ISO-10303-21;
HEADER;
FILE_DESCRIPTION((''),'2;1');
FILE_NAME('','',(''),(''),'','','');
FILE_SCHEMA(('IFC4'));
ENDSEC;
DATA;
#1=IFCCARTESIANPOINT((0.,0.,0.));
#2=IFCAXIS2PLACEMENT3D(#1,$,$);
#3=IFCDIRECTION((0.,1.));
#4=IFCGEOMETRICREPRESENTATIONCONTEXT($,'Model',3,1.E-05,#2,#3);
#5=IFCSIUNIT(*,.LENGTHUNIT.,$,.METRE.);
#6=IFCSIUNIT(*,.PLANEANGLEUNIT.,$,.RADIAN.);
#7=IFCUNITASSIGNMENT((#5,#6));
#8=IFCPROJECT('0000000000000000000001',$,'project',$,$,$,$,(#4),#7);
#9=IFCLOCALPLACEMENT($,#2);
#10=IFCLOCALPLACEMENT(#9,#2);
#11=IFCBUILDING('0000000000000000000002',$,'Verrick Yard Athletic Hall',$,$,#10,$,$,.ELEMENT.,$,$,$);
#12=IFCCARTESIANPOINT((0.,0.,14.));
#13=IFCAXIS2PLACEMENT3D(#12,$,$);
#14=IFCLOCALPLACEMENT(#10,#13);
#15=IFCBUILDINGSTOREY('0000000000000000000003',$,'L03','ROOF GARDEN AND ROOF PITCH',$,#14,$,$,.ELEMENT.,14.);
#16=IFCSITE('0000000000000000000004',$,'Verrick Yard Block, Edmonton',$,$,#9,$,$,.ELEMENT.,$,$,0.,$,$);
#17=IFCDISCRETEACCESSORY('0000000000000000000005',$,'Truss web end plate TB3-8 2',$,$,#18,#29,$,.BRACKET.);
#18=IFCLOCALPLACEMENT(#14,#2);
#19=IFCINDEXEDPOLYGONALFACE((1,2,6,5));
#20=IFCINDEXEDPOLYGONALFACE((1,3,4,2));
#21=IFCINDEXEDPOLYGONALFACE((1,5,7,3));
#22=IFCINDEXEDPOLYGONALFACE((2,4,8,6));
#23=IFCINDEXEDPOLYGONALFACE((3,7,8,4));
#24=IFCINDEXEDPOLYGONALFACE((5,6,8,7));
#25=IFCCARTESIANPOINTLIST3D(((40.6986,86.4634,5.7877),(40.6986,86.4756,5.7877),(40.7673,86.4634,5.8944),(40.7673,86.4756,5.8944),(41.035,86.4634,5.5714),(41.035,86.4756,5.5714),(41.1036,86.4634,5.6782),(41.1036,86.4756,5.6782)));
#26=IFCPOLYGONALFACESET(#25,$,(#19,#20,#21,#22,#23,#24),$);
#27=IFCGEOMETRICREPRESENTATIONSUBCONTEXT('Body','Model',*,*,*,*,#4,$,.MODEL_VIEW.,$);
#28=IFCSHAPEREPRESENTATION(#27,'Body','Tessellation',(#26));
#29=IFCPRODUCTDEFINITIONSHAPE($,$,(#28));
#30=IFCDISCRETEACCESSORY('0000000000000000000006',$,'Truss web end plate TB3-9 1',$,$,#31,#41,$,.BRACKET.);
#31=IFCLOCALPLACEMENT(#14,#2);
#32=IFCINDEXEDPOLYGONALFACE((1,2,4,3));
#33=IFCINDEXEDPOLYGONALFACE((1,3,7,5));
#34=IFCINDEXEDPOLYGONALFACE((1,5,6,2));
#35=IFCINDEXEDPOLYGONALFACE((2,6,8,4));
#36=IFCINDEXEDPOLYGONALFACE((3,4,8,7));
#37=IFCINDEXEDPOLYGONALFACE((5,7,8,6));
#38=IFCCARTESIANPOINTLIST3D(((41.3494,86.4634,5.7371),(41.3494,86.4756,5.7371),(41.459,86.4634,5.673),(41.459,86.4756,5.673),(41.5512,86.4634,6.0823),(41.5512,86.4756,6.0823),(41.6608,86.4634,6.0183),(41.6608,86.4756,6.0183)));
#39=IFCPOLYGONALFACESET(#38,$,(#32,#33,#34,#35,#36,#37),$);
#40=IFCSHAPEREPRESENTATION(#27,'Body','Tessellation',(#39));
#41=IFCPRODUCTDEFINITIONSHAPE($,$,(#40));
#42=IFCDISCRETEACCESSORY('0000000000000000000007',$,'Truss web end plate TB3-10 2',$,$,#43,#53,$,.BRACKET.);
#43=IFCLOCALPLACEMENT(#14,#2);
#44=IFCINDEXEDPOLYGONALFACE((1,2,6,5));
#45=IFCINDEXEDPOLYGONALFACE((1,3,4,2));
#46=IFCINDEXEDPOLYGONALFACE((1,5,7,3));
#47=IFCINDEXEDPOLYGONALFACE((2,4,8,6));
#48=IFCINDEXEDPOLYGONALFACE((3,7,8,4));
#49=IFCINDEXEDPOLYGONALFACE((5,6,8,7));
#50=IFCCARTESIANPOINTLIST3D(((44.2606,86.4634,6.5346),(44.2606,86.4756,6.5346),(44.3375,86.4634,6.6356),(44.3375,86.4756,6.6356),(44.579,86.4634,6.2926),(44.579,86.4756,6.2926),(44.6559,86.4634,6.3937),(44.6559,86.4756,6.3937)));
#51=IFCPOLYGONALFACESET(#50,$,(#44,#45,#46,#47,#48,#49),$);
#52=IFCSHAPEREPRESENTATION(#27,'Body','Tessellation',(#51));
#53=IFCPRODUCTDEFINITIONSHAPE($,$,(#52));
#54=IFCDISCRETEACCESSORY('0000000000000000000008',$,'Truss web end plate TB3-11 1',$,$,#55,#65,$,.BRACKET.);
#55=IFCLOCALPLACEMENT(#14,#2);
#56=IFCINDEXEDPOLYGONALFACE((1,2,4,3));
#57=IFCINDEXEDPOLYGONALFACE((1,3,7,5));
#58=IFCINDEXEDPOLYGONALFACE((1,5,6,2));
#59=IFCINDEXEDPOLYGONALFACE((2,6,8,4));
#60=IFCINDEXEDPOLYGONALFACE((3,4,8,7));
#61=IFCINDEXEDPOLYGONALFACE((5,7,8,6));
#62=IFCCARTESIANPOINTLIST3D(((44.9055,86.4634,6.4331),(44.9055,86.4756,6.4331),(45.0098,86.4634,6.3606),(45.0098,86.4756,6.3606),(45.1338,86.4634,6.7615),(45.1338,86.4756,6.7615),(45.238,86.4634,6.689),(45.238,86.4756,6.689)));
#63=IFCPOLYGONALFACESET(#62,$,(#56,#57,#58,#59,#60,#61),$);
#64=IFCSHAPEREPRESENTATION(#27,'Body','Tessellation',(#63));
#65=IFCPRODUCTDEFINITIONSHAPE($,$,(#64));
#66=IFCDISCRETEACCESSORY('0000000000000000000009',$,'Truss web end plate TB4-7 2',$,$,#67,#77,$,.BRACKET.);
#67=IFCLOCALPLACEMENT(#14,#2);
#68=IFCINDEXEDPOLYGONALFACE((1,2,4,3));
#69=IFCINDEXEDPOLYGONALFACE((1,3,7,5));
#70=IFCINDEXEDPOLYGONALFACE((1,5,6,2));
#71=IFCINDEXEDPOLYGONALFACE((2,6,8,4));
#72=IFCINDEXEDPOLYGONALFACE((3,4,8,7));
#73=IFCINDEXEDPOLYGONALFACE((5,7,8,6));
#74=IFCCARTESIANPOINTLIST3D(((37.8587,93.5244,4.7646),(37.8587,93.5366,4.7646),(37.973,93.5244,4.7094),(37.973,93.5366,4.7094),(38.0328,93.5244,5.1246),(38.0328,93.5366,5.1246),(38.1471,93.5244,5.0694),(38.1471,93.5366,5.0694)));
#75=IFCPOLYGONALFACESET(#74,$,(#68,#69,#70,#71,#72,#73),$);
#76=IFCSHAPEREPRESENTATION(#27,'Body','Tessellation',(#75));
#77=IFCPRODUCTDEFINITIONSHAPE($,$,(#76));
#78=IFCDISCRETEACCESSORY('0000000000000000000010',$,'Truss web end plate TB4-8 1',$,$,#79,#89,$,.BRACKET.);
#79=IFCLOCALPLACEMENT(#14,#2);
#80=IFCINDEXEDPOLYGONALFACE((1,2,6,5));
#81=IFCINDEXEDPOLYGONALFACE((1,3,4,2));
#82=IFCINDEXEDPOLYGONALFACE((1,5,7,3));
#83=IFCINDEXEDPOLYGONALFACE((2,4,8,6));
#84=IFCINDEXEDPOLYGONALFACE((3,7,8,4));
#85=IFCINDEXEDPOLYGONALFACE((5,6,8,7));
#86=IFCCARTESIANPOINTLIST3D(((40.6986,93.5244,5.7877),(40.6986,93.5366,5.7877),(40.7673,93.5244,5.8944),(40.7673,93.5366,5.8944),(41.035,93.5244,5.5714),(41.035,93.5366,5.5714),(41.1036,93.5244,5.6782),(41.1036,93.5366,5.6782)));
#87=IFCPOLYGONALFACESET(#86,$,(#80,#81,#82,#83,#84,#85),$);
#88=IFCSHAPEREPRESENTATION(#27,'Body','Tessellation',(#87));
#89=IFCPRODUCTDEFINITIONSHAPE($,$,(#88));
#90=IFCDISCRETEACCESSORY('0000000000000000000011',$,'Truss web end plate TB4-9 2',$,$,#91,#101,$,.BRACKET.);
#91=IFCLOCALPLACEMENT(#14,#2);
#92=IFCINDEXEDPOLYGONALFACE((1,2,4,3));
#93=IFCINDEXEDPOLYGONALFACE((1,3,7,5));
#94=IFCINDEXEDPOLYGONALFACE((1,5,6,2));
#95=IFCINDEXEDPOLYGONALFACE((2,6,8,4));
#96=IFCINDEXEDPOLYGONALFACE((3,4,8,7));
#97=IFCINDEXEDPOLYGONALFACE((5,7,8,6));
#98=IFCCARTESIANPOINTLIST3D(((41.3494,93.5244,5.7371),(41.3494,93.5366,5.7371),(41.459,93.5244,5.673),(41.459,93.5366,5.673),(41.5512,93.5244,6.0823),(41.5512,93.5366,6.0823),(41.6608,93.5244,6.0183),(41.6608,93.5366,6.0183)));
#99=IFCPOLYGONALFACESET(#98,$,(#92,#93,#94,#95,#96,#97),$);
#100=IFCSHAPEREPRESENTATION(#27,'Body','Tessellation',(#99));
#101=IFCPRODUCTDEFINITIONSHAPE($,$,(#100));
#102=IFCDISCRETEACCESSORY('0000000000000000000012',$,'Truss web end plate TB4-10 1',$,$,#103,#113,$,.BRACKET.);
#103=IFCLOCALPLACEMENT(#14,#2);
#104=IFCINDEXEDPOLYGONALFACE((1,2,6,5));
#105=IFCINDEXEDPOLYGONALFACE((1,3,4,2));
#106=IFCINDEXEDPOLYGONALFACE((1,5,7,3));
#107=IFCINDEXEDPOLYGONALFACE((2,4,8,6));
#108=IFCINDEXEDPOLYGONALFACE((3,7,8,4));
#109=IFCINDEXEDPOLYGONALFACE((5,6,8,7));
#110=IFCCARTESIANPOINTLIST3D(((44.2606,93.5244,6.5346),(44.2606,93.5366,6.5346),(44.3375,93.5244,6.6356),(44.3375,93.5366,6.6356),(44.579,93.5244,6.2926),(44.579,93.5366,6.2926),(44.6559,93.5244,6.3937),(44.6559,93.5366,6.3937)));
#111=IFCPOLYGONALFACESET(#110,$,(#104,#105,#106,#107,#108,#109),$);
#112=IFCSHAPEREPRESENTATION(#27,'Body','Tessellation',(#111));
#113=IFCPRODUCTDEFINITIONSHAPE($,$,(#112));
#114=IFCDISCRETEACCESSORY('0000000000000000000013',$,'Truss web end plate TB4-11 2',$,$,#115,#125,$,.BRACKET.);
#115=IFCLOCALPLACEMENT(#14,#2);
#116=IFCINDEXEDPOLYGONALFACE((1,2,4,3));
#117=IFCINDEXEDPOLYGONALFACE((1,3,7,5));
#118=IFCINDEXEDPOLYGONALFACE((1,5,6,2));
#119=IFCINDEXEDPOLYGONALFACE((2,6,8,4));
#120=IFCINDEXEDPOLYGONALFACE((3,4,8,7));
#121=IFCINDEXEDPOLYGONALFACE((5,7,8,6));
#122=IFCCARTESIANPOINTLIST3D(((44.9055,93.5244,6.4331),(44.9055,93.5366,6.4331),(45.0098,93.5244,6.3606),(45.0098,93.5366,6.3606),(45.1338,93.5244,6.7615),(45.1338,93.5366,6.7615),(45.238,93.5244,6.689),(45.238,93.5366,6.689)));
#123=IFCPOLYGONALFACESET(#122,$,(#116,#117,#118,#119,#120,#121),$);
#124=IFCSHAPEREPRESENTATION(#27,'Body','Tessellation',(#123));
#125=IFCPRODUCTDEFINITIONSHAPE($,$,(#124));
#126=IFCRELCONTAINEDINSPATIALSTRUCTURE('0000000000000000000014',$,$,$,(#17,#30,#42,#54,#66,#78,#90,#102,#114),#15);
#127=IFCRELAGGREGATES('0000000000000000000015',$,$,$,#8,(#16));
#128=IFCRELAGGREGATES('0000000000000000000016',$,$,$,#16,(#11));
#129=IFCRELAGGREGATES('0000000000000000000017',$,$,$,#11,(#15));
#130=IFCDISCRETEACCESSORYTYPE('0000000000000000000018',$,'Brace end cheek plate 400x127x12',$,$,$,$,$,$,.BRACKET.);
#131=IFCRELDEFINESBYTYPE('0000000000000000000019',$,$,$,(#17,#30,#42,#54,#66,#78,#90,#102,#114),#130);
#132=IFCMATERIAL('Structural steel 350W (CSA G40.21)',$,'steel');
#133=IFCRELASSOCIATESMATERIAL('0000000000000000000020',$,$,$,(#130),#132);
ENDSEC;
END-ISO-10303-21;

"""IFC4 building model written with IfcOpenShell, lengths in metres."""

from ifc_helpers import new_model, si_unit, direction, frame, origin, origin_2d, place, context, subcontext, project, spatial, rectangle, extrude, material, material_profile, profile_set, type_object, element, save


model = new_model("IFC4")

# Units and contexts
model_context = context("Model", 3, precision=1e-05, world=origin(), true_north=direction((0.0, 1.0)))
body_context = subcontext(model_context, "Body", "Model", "MODEL_VIEW")
ifc_project = project(units=[si_unit("LENGTHUNIT", "METRE"), si_unit("PLANEANGLEUNIT", "RADIAN")], contexts=[model_context])

# Site, building, storey
site_placement = place(None, origin())
site = spatial("IfcSite", under=ifc_project, at=site_placement, Name="Verrick Yard Block, Edmonton", CompositionType="ELEMENT", RefElevation=0.0)
building_placement = place(site_placement, origin())
building = spatial("IfcBuilding", under=site, at=building_placement, Name="Verrick Yard Athletic Hall", CompositionType="ELEMENT")
storey_placement = place(building_placement, frame((0.0, 0.0, 14.0)))
storey = spatial("IfcBuildingStorey", under=building, at=storey_placement, Name="L03", Description="ROOF GARDEN AND ROOF PITCH", CompositionType="ELEMENT", Elevation=14.0)

# Discrete accessories
ifc_material_1 = material(Name="Structural steel 350W (CSA G40.21)", Category="steel")
ifc_material_profile_1 = material_profile(ifc_material_1, rectangle(XDim=0.3999, YDim=0.127, at=origin_2d()), Name="Brace end cheek plate")
ifc_profile_set_1 = profile_set([ifc_material_profile_1], Name="Structural steel 350W (CSA G40.21)")
discrete_accessory_type = type_object("IfcDiscreteAccessoryType", Name="Brace end cheek plate 400x127x12", PredefinedType="BRACKET", material=ifc_profile_set_1)
for number, where, z_axis, x_axis, name in (
    (1, (40.9011, 86.4634, 5.7329), (0.0, 1.0, 0.0), (-0.841141, 0.0, 0.540816), "Truss web end plate TB3-8 2"),
    (2, (41.5051, 86.4634, 5.8777), (0.0, 1.0, 0.0), (0.504597, 0.0, 0.863355), "Truss web end plate TB3-9 1"),
    (3, (44.4583, 86.4634, 6.4641), (0.0, 1.0, 0.0), (-0.796193, 0.0, 0.605042), "Truss web end plate TB3-10 2"),
    (4, (45.0718, 86.4634, 6.561), (0.0, 1.0, 0.0), (0.570674, 0.0, 0.821176), "Truss web end plate TB3-11 1"),
    (5, (38.0029, 93.5366, 4.917), (0.0, -1.0, 0.0), (0.435417, 0.0, 0.900229), "Truss web end plate TB4-7 2"),
    (6, (40.9011, 93.5366, 5.7329), (0.0, -1.0, 0.0), (-0.841141, 0.0, 0.540816), "Truss web end plate TB4-8 1"),
    (7, (41.5051, 93.5366, 5.8777), (0.0, -1.0, 0.0), (0.504597, 0.0, 0.863355), "Truss web end plate TB4-9 2"),
    (8, (44.4583, 93.5366, 6.4641), (0.0, -1.0, 0.0), (-0.796193, 0.0, 0.605042), "Truss web end plate TB4-10 1"),
    (9, (45.0718, 93.5366, 6.561), (0.0, -1.0, 0.0), (0.570674, 0.0, 0.821176), "Truss web end plate TB4-11 2"),
):
    element("IfcDiscreteAccessory", number, at=place(storey_placement, frame(where, z_axis=z_axis, x_axis=x_axis)), inside=storey, type_object=discrete_accessory_type, Name=name, PredefinedType="BRACKET", context=body_context, shape_type="SweptSolid", body=[
        extrude(rectangle(XDim=0.3999, YDim=0.127, at=origin_2d()), origin(), (0.0, 0.0, 1.0), 0.0122),
    ])

save(model, "model.ifc")
